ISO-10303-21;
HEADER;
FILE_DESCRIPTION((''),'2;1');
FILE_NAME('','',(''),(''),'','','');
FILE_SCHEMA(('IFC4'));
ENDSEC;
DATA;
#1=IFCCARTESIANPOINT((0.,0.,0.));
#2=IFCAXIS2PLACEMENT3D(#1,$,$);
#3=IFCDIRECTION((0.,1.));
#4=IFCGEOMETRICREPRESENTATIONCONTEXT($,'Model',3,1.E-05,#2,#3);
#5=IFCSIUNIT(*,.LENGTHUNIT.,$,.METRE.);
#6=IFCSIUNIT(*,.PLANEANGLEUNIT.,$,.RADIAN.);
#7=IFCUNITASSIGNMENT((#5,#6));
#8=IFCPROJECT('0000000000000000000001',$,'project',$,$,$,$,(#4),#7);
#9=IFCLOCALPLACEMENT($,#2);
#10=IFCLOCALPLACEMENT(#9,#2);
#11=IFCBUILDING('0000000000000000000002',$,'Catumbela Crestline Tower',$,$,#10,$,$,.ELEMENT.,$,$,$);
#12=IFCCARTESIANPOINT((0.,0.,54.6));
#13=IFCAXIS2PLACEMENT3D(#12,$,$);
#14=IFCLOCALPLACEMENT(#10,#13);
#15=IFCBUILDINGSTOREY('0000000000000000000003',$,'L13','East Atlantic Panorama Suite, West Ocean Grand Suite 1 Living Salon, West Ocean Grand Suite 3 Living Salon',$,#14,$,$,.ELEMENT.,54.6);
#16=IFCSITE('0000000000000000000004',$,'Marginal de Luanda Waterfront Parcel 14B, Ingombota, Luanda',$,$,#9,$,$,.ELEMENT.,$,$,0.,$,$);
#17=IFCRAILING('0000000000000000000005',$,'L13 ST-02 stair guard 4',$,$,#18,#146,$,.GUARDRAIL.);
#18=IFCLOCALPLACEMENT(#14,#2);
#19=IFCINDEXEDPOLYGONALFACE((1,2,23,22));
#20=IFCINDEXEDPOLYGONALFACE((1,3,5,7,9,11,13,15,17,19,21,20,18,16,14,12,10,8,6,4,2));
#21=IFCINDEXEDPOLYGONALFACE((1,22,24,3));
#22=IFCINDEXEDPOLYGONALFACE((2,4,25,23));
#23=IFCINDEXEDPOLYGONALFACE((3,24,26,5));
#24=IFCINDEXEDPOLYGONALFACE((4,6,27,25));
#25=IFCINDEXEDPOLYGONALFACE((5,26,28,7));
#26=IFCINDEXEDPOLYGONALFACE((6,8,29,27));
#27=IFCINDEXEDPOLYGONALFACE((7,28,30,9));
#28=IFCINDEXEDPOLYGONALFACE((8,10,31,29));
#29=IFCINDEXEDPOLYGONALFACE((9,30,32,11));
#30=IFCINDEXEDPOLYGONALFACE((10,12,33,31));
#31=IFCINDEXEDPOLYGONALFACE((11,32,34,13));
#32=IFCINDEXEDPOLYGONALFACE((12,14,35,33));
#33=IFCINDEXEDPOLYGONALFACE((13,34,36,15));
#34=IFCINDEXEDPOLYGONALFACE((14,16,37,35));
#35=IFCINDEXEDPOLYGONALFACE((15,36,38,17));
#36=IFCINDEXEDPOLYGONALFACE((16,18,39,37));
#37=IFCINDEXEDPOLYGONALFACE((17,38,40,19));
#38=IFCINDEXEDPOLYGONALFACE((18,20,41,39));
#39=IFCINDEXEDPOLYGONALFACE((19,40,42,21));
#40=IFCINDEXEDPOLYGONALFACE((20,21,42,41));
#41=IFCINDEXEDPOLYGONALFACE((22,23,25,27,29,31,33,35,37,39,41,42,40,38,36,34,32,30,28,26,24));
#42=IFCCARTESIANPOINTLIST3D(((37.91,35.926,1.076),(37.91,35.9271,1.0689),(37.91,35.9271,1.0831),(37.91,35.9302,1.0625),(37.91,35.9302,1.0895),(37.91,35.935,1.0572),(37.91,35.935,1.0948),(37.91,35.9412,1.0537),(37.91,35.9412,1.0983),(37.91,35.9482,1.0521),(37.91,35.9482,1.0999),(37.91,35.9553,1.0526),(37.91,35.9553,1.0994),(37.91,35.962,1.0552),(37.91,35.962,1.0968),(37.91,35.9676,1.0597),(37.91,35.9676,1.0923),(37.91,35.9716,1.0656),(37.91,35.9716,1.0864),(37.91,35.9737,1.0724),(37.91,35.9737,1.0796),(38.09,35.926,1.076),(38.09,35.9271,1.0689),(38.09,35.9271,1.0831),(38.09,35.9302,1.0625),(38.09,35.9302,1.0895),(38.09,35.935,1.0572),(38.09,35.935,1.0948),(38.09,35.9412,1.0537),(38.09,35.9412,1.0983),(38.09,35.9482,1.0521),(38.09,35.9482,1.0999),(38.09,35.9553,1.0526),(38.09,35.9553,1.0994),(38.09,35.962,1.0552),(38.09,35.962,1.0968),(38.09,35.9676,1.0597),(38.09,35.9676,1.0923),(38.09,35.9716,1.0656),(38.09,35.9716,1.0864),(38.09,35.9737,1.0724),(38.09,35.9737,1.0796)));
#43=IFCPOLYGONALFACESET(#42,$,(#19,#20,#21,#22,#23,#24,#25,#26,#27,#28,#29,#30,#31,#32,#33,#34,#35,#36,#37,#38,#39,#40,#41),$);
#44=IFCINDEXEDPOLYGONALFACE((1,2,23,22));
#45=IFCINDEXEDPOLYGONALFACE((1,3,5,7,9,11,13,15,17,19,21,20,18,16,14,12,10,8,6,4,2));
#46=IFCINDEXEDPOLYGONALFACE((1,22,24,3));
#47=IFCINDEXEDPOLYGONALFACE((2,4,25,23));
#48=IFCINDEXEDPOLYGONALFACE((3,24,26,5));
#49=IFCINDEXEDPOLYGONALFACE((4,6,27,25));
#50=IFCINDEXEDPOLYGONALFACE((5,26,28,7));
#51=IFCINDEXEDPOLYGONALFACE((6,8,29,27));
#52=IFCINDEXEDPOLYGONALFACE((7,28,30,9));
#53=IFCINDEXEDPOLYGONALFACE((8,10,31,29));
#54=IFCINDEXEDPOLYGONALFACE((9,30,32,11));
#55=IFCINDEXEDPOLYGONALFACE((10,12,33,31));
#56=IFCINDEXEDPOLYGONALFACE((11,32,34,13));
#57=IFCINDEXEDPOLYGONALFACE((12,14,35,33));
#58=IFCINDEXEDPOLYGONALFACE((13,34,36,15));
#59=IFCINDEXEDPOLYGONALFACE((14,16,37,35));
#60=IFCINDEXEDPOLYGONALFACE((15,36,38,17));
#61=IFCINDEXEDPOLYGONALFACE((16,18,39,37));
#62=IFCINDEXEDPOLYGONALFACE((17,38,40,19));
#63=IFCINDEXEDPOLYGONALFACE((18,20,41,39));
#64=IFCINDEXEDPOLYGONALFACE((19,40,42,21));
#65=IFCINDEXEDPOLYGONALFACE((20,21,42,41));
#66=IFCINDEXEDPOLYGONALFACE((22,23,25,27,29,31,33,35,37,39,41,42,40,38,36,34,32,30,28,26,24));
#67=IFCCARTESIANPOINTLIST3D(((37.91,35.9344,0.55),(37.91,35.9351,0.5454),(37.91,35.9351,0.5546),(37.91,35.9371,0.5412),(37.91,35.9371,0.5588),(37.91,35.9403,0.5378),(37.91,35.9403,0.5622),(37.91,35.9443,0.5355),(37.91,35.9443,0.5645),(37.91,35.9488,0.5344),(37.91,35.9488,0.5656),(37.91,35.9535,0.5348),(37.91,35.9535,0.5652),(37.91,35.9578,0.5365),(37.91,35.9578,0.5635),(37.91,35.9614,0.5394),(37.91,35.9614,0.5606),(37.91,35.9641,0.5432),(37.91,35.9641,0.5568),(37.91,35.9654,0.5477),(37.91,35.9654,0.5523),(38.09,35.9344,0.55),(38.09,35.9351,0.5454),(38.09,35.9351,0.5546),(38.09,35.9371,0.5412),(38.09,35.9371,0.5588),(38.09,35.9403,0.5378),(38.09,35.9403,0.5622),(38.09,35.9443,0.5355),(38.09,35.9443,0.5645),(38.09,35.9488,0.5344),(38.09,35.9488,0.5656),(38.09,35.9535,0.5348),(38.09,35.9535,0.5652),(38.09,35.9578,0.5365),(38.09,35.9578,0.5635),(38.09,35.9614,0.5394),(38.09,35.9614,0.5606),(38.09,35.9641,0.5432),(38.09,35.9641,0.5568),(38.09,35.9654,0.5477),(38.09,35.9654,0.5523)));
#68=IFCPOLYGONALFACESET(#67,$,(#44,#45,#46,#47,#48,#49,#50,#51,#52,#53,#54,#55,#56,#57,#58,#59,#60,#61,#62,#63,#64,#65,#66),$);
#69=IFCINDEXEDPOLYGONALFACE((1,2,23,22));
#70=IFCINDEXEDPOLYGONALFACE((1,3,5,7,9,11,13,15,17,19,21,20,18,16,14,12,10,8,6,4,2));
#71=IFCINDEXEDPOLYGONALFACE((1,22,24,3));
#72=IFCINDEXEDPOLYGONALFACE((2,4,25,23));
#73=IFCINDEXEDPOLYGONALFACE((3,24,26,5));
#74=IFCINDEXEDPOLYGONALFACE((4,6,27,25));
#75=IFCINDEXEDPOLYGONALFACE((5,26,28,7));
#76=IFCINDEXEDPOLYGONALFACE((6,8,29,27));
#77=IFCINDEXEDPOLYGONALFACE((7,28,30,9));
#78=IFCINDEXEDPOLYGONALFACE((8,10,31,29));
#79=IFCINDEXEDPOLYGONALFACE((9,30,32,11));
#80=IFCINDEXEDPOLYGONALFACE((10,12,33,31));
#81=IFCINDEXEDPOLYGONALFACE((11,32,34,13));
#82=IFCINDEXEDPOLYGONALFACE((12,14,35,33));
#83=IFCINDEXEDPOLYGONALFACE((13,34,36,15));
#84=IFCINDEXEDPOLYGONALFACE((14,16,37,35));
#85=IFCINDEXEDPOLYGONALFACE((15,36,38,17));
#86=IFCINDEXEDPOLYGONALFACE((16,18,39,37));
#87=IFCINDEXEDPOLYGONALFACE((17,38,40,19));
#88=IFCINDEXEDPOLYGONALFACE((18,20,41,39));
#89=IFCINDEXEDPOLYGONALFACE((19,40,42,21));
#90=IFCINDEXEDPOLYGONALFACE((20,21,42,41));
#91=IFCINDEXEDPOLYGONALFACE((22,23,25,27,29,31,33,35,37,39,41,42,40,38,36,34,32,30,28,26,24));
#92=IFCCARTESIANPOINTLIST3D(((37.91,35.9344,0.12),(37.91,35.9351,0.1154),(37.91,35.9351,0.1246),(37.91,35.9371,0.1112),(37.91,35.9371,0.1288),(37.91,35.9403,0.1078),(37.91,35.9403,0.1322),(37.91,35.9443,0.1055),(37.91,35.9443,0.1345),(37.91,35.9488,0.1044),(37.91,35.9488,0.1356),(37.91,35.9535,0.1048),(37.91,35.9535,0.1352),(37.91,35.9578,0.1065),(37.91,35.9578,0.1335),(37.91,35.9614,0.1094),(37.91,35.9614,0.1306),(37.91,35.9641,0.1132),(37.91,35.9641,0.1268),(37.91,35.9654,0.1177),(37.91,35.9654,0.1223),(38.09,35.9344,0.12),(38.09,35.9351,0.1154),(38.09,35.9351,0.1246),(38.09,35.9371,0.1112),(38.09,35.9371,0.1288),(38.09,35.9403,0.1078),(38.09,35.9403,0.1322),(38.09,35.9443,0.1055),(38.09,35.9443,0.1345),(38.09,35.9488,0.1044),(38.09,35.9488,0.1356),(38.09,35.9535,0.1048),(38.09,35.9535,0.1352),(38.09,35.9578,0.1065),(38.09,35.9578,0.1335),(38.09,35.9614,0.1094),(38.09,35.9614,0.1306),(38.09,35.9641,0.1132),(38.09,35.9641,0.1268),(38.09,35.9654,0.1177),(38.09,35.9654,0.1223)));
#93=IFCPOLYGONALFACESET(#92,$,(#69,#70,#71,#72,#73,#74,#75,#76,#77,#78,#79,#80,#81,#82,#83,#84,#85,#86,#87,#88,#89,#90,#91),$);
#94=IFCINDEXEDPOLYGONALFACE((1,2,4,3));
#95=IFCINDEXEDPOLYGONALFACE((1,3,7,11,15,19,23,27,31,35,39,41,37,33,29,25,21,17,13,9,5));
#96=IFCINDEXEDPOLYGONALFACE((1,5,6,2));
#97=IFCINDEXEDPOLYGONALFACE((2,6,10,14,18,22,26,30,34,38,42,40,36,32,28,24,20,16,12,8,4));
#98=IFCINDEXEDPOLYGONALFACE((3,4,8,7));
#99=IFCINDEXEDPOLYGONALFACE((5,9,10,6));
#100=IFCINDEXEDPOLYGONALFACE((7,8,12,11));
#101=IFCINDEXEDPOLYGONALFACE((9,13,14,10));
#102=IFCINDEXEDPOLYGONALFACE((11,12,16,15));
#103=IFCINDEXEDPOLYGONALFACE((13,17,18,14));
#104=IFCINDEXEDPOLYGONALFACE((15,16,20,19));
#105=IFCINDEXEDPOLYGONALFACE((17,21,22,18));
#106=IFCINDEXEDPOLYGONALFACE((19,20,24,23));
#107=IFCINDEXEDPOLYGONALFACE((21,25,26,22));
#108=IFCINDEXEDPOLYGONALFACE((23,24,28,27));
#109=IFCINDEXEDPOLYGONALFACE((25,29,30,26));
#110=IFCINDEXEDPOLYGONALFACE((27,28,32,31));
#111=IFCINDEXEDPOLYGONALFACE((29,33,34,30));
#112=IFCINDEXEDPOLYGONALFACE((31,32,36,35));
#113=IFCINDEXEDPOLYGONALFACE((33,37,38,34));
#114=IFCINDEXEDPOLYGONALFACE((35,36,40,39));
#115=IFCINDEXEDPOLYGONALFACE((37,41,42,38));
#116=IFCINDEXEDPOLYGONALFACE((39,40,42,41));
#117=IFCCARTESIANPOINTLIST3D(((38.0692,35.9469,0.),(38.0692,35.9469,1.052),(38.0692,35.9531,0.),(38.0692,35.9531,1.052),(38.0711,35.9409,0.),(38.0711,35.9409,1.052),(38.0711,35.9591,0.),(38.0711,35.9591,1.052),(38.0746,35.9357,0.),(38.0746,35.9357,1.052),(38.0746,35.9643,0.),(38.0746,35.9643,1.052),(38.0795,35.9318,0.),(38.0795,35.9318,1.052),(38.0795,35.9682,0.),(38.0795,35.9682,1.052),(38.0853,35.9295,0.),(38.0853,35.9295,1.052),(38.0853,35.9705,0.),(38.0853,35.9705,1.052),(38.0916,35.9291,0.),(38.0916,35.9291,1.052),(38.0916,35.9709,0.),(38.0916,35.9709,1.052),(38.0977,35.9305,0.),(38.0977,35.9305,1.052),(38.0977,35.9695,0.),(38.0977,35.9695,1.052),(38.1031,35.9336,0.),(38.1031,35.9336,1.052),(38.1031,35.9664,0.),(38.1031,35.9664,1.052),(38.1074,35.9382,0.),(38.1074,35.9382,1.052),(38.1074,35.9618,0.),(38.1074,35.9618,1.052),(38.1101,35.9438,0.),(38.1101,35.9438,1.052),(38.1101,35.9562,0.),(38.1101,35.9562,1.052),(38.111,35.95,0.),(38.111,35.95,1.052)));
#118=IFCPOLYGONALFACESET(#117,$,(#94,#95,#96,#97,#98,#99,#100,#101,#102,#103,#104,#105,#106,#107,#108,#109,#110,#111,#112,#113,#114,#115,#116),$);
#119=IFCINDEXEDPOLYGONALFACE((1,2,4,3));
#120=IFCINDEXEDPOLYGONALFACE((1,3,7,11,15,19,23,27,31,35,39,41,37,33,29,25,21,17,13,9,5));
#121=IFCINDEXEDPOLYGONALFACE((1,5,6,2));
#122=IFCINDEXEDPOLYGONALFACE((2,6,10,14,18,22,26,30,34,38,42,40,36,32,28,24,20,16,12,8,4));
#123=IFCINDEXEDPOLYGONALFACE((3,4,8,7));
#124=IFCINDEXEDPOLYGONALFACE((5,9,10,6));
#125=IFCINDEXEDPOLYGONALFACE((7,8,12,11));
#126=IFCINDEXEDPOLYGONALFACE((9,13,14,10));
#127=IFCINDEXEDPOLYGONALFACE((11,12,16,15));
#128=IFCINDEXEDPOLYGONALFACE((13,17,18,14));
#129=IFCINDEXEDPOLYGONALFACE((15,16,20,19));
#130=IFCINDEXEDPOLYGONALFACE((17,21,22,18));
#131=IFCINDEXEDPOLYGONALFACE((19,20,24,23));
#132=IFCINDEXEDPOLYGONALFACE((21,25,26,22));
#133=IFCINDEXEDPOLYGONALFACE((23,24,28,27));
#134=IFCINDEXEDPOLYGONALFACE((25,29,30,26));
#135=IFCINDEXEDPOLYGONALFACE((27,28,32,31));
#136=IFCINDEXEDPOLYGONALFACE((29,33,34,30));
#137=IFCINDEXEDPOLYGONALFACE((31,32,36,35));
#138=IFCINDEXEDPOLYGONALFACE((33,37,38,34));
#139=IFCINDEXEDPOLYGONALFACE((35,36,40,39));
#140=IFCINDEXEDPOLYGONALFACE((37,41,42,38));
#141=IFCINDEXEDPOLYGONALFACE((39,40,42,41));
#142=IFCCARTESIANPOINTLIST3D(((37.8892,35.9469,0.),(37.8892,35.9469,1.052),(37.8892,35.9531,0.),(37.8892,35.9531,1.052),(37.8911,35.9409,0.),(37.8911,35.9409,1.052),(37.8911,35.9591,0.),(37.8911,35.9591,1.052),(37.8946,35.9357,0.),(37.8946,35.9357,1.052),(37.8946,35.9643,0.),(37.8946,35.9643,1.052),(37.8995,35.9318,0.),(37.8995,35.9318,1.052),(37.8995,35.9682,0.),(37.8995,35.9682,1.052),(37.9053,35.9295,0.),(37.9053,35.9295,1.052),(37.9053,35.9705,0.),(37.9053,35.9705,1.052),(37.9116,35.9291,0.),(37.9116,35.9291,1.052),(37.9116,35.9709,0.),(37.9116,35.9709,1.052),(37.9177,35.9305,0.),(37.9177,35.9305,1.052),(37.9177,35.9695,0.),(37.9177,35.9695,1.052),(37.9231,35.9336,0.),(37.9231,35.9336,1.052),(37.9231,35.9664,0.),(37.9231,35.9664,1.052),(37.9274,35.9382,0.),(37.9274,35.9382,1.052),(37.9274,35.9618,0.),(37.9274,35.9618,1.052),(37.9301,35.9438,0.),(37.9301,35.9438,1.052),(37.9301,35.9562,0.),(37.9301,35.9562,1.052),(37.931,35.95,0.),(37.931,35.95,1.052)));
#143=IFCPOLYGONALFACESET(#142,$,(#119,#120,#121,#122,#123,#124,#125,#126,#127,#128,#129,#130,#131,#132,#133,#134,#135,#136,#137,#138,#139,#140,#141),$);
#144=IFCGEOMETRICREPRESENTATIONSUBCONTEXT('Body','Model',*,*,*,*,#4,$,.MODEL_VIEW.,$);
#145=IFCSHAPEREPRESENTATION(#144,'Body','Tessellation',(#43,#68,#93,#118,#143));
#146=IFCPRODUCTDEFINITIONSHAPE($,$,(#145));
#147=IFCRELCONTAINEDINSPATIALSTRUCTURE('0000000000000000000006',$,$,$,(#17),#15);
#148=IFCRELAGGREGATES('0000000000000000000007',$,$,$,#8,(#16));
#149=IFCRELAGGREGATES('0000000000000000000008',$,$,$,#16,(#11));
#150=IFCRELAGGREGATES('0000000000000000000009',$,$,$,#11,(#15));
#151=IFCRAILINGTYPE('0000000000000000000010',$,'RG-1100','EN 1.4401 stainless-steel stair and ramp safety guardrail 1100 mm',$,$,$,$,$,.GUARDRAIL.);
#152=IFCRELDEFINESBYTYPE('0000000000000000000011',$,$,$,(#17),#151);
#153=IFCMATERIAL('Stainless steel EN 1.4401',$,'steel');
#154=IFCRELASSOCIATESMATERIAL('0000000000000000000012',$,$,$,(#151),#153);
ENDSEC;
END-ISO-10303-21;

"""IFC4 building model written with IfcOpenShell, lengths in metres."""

from ifc_helpers import new_model, si_unit, direction, frame, origin, origin_2d, place, context, subcontext, project, spatial, circle, extrude, material, type_object, element, save


model = new_model("IFC4")

# Units and contexts
model_context = context("Model", 3, precision=1e-05, world=origin(), true_north=direction((0.0, 1.0)))
body_context = subcontext(model_context, "Body", "Model", "MODEL_VIEW")
ifc_project = project(units=[si_unit("LENGTHUNIT", "METRE"), si_unit("PLANEANGLEUNIT", "RADIAN")], contexts=[model_context])

# Site, building, storey
site_placement = place(None, origin())
site = spatial("IfcSite", under=ifc_project, at=site_placement, Name="Marginal de Luanda Waterfront Parcel 14B, Ingombota, Luanda", CompositionType="ELEMENT", RefElevation=0.0)
building_placement = place(site_placement, origin())
building = spatial("IfcBuilding", under=site, at=building_placement, Name="Catumbela Crestline Tower", CompositionType="ELEMENT")
storey_placement = place(building_placement, frame((0.0, 0.0, 54.6)))
storey = spatial("IfcBuildingStorey", under=building, at=storey_placement, Name="L13", Description="East Atlantic Panorama Suite, West Ocean Grand Suite 1 Living Salon, West Ocean Grand Suite 3 Living Salon", CompositionType="ELEMENT", Elevation=54.6)

# Shared definitions
ifc_material_1 = material(Name="Stainless steel EN 1.4401", Category="steel")

# Railing
railing_type_1 = type_object("IfcRailingType", Name="RG-1100", Description="EN 1.4401 stainless-steel stair and ramp safety guardrail 1100 mm", PredefinedType="GUARDRAIL", material=ifc_material_1)
railing_1_placement = place(storey_placement, frame((38.09, 35.95, 0.0)))
element("IfcRailing", 1, at=railing_1_placement, inside=storey, type_object=railing_type_1, Name="L13 ST-02 stair guard 4", PredefinedType="GUARDRAIL", context=body_context, shape_type="SweptSolid", body=[
    extrude(circle(Radius=0.024, at=origin_2d()), frame((0.0, 0.0, 1.076), z_axis=(-1.0, 0.0, 0.0), x_axis=(0.0, -1.0, 0.0)), (0.0, 0.0, 1.0), 0.18),
    extrude(circle(Radius=0.0156, at=origin_2d()), frame((0.0, 0.0, 0.55), z_axis=(-1.0, 0.0, 0.0), x_axis=(0.0, -1.0, 0.0)), (0.0, 0.0, 1.0), 0.18),
    extrude(circle(Radius=0.0156, at=origin_2d()), frame((0.0, 0.0, 0.12), z_axis=(-1.0, 0.0, 0.0), x_axis=(0.0, -1.0, 0.0)), (0.0, 0.0, 1.0), 0.18),
    extrude(circle(Radius=0.021, at=origin_2d()), origin(), (0.0, 0.0, 1.0), 1.052),
    extrude(circle(Radius=0.021, at=origin_2d()), frame((-0.18, 0.0, 0.0)), (0.0, 0.0, 1.0), 1.052),
])

save(model, "model.ifc")
